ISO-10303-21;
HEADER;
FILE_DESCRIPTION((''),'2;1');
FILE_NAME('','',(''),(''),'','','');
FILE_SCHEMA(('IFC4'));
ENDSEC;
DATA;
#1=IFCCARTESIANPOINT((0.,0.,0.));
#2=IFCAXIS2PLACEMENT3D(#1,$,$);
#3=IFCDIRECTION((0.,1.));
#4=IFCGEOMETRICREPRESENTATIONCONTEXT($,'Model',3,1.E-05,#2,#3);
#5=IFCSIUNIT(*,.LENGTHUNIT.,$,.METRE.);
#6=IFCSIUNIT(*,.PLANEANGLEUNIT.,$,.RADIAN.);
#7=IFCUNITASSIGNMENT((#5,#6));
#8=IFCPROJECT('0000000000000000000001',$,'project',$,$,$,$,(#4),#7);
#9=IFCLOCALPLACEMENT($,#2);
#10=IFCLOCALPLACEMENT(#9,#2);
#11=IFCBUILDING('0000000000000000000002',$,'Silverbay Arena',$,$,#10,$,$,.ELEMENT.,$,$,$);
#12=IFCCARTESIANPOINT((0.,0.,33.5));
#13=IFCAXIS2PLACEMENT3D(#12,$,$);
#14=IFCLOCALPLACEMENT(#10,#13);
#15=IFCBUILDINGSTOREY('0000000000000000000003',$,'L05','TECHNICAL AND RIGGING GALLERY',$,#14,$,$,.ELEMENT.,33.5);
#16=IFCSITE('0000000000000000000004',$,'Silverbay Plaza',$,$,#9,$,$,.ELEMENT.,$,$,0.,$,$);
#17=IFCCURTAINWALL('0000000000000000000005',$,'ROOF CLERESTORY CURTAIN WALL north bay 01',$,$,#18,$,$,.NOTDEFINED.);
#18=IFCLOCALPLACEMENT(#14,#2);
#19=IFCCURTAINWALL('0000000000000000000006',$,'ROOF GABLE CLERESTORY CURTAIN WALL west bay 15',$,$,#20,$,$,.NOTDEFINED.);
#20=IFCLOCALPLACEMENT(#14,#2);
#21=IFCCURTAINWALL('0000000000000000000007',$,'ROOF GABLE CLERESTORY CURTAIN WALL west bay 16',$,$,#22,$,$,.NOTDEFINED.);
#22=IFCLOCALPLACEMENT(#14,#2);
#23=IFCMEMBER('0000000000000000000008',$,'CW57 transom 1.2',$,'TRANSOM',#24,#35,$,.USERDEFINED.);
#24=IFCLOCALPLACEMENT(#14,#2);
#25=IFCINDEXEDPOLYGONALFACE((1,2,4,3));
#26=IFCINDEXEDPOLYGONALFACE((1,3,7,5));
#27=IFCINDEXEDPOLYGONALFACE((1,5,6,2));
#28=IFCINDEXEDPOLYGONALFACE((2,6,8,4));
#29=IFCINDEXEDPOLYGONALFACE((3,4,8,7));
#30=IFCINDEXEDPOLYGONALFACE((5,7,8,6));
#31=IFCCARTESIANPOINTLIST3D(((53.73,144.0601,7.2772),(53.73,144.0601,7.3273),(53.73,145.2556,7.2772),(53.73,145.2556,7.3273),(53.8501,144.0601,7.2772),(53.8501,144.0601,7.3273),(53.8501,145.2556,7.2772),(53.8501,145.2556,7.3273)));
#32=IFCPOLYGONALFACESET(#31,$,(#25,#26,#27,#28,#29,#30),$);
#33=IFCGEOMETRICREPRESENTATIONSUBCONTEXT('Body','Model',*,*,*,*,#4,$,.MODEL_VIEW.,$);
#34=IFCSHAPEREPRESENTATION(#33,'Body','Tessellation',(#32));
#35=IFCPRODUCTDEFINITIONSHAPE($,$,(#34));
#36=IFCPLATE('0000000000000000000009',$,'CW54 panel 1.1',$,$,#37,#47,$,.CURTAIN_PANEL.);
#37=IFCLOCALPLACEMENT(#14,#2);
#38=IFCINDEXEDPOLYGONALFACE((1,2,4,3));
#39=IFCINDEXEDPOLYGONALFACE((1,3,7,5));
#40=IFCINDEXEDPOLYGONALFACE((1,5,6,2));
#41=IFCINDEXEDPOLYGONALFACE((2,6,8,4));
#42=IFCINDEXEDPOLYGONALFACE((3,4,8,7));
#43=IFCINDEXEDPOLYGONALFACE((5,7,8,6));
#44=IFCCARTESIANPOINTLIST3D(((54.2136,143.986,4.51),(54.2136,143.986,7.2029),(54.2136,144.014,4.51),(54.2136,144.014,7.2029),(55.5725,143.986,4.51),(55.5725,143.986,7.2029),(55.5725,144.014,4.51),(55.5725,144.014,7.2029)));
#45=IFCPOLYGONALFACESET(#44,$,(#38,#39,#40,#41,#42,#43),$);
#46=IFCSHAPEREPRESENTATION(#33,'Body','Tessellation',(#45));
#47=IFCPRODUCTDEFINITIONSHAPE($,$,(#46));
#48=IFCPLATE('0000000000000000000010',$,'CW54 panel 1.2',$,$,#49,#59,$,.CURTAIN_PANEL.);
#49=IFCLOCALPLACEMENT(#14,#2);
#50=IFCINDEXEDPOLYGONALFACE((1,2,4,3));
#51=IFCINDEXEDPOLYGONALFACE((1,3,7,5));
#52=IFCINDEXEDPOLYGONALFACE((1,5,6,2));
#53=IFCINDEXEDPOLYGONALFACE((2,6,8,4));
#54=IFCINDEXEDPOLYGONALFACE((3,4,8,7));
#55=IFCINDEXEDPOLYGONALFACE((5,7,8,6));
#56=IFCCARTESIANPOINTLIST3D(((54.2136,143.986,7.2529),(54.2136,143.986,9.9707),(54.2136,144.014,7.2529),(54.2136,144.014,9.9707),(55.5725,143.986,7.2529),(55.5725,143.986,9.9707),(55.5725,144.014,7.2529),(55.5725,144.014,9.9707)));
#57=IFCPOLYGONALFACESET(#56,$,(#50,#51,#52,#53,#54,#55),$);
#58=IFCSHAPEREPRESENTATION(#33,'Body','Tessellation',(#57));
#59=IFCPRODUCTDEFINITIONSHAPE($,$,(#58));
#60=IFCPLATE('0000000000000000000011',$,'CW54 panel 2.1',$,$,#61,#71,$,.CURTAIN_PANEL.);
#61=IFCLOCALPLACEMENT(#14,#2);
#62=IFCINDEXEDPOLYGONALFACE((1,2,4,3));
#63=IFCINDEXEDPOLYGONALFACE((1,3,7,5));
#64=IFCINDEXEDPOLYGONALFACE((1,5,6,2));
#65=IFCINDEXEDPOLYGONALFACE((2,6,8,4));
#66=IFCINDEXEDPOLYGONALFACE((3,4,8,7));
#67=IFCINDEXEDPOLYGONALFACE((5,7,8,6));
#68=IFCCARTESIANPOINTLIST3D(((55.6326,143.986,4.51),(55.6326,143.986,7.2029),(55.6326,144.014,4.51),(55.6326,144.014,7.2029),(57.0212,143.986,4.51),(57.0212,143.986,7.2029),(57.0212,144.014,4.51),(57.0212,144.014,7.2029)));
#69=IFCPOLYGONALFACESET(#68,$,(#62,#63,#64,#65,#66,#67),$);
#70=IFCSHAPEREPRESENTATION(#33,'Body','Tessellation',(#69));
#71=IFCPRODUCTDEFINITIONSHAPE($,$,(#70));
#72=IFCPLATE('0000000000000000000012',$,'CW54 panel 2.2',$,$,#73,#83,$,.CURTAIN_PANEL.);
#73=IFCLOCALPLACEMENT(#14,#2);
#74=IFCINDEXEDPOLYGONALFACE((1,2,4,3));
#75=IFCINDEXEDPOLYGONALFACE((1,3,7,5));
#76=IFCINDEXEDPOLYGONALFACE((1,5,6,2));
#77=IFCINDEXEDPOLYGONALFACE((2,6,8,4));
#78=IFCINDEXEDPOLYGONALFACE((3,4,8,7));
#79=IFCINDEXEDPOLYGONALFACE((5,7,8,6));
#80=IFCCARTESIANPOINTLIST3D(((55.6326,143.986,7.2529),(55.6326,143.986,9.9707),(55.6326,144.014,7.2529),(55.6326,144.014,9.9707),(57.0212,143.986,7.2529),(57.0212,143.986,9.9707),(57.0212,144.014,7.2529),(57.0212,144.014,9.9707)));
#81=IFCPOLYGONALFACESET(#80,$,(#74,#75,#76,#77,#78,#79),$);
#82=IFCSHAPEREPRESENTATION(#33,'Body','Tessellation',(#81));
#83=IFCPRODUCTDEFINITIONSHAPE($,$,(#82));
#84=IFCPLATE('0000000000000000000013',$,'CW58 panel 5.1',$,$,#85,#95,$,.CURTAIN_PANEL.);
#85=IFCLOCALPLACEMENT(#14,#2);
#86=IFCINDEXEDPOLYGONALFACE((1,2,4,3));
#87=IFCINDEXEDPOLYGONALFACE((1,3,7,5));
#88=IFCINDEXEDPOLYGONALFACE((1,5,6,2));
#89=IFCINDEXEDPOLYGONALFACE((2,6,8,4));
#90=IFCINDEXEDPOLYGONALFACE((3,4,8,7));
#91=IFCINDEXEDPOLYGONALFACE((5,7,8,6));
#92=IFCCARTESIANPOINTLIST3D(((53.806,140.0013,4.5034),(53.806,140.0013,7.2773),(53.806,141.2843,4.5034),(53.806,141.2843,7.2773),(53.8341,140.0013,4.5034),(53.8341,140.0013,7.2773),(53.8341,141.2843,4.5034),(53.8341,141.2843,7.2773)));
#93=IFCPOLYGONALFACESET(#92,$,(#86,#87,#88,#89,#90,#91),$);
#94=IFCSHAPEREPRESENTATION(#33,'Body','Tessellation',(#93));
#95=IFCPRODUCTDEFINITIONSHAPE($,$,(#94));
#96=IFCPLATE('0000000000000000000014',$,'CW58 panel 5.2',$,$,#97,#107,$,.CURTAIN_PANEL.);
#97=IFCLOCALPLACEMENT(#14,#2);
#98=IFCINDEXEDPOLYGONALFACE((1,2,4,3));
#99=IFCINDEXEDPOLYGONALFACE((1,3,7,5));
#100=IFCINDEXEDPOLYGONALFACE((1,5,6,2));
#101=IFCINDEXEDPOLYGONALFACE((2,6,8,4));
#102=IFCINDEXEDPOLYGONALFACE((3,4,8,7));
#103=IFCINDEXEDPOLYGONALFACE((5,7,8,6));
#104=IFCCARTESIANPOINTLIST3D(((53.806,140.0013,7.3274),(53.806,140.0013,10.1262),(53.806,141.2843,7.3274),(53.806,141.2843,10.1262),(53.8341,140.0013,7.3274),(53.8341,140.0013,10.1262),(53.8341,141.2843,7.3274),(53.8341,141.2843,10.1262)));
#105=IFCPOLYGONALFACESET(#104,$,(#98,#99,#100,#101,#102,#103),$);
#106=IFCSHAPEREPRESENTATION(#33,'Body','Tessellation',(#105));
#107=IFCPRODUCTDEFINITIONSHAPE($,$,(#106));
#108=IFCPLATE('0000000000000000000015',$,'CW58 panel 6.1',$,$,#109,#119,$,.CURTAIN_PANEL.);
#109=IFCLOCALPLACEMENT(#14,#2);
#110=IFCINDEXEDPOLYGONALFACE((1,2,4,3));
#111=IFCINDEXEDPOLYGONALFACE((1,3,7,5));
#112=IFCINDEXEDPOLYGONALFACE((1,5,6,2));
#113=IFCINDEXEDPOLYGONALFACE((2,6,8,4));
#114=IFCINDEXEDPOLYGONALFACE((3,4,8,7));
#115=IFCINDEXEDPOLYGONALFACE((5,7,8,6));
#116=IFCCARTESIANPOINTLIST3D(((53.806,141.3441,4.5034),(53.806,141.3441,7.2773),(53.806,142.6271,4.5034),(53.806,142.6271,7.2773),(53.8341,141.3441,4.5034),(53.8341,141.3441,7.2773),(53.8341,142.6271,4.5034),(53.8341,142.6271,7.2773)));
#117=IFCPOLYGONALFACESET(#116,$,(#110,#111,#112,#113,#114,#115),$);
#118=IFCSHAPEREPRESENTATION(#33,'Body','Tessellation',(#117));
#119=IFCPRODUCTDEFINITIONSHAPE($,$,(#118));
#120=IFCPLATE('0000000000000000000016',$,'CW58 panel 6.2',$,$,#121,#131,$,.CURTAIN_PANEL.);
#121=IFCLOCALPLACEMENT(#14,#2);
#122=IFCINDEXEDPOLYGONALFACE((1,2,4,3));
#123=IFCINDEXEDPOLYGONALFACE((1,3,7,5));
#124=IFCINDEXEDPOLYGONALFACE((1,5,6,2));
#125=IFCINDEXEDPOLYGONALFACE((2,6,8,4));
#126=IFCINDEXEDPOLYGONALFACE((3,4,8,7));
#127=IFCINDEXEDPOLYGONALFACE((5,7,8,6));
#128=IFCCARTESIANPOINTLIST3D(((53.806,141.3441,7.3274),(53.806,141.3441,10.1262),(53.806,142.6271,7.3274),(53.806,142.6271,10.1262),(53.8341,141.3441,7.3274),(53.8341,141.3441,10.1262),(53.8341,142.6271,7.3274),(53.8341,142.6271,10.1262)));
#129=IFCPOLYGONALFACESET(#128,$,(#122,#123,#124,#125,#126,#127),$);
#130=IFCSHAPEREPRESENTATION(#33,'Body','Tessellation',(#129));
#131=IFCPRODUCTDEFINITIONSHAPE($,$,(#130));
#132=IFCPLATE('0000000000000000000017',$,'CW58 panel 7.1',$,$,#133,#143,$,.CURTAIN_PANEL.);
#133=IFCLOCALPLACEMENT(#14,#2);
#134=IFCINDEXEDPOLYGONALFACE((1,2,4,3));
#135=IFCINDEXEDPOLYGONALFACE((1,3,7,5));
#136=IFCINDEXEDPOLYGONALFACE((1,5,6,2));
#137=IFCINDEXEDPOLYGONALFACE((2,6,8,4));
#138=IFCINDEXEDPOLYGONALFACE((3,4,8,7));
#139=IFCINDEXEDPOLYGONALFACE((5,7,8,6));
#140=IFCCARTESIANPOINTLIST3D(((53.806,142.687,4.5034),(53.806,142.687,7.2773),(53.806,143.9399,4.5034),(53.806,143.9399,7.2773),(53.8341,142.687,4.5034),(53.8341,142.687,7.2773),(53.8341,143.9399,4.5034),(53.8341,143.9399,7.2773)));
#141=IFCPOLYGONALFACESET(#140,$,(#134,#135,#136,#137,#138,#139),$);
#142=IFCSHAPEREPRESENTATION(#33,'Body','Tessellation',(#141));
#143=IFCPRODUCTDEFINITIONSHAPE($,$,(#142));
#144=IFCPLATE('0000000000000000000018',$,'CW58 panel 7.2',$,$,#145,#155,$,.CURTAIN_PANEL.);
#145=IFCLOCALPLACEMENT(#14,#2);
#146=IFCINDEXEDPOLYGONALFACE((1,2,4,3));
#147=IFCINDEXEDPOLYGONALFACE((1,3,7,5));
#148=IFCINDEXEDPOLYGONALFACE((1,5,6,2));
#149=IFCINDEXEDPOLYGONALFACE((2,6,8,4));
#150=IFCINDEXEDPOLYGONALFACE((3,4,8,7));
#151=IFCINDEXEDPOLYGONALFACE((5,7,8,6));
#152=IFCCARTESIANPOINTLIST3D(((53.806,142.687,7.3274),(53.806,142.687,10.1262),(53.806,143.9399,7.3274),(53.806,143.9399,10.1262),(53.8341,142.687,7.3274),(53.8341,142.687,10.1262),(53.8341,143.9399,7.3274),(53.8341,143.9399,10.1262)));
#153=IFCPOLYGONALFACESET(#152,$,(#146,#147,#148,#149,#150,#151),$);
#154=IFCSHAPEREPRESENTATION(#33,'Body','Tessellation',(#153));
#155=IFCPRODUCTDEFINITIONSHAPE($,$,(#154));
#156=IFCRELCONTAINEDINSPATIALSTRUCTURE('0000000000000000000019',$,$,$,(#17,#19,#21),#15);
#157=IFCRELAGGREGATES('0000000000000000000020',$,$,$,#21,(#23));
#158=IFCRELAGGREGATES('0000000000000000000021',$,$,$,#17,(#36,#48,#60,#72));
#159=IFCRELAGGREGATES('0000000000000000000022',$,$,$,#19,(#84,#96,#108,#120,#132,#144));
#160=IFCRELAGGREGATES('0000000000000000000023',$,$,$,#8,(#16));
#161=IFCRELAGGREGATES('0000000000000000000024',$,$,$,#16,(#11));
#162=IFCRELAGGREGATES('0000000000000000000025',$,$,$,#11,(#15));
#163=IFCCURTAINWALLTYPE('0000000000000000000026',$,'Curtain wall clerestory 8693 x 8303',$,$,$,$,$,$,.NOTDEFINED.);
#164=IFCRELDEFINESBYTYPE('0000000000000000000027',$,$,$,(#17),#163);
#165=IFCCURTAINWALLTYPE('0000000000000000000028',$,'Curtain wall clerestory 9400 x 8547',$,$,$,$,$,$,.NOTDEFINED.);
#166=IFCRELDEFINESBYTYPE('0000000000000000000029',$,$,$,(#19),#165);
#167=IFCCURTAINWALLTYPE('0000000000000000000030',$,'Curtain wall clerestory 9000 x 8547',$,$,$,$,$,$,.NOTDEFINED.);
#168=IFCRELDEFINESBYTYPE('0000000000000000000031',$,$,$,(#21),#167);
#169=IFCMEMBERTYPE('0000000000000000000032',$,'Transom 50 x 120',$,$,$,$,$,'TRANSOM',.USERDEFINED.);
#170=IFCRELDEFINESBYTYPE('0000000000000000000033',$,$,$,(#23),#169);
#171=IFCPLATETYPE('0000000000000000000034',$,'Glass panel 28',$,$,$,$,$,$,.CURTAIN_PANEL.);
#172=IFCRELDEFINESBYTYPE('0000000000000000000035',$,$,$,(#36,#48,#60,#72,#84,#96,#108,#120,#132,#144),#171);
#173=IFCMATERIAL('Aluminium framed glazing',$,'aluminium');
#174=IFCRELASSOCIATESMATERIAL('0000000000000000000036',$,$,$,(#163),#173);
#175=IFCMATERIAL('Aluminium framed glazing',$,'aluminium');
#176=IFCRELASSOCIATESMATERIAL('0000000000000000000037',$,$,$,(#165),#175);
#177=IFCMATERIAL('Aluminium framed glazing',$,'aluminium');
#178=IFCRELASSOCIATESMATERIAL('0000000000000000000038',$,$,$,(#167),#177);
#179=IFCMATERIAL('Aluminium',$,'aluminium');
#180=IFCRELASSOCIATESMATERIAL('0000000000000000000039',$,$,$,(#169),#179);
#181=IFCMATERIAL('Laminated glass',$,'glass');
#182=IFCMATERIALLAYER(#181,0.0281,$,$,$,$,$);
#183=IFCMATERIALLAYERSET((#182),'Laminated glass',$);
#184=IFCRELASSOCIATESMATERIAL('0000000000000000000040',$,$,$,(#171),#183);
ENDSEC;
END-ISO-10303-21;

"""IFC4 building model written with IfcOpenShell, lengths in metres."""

from ifc_helpers import new_model, si_unit, direction, frame, origin, origin_2d, place, context, subcontext, project, spatial, rectangle, extrude, material, layer, layer_set, material_profile, profile_set, type_object, element, aggregate, save


model = new_model("IFC4")

# Units and contexts
model_context = context("Model", 3, precision=1e-05, world=origin(), true_north=direction((0.0, 1.0)))
body_context = subcontext(model_context, "Body", "Model", "MODEL_VIEW")
ifc_project = project(units=[si_unit("LENGTHUNIT", "METRE"), si_unit("PLANEANGLEUNIT", "RADIAN")], contexts=[model_context])

# Site, building, storey
site_placement = place(None, origin())
site = spatial("IfcSite", under=ifc_project, at=site_placement, Name="Silverbay Plaza", CompositionType="ELEMENT", RefElevation=0.0)
building_placement = place(site_placement, origin())
building = spatial("IfcBuilding", under=site, at=building_placement, Name="Silverbay Arena", CompositionType="ELEMENT")
storey_placement = place(building_placement, frame((0.0, 0.0, 33.5)))
storey = spatial("IfcBuildingStorey", under=building, at=storey_placement, Name="L05", Description="TECHNICAL AND RIGGING GALLERY", CompositionType="ELEMENT", Elevation=33.5)

# Curtain walls
ifc_material_1 = material(Name="Aluminium framed glazing", Category="aluminium")
curtain_wall_type_1 = type_object("IfcCurtainWallType", Name="Curtain wall clerestory 8693 x 8303", PredefinedType="NOTDEFINED", material=ifc_material_1)
curtain_wall_1_placement = place(storey_placement, origin())
curtain_wall_1 = element("IfcCurtainWall", 1, at=curtain_wall_1_placement, inside=storey, type_object=curtain_wall_type_1, Name="ROOF CLERESTORY CURTAIN WALL north bay 01", PredefinedType="NOTDEFINED")
ifc_material_2 = material(Name="Aluminium framed glazing", Category="aluminium")
curtain_wall_type_2 = type_object("IfcCurtainWallType", Name="Curtain wall clerestory 9400 x 8547", PredefinedType="NOTDEFINED", material=ifc_material_2)
curtain_wall_2_placement = place(storey_placement, origin())
curtain_wall_2 = element("IfcCurtainWall", 2, at=curtain_wall_2_placement, inside=storey, type_object=curtain_wall_type_2, Name="ROOF GABLE CLERESTORY CURTAIN WALL west bay 15", PredefinedType="NOTDEFINED")

# Curtain wall
ifc_material_3 = material(Name="Aluminium framed glazing", Category="aluminium")
curtain_wall_type_3 = type_object("IfcCurtainWallType", Name="Curtain wall clerestory 9000 x 8547", PredefinedType="NOTDEFINED", material=ifc_material_3)
curtain_wall_3_placement = place(storey_placement, origin())
curtain_wall_3 = element("IfcCurtainWall", 3, at=curtain_wall_3_placement, inside=storey, type_object=curtain_wall_type_3, Name="ROOF GABLE CLERESTORY CURTAIN WALL west bay 16", PredefinedType="NOTDEFINED")

# Member
ifc_material_4 = material(Name="Aluminium", Category="aluminium")
ifc_material_profile_1 = material_profile(ifc_material_4, rectangle(XDim=0.1201, YDim=0.05, at=origin_2d()), Name="Transom 50 x 120")
ifc_profile_set_1 = profile_set([ifc_material_profile_1], Name="Aluminium")
member_type_1 = type_object("IfcMemberType", Name="Transom 50 x 120", ElementType="TRANSOM", PredefinedType="USERDEFINED", material=ifc_profile_set_1)
member_1_placement = place(storey_placement, frame((53.79, 144.0601, 7.3022), z_axis=(0.0, 1.0, 0.0), x_axis=(-1.0, 0.0, 0.0)))
member_1 = element("IfcMember", 4, at=member_1_placement, type_object=member_type_1, Name="CW57 transom 1.2", ObjectType="TRANSOM", PredefinedType="USERDEFINED", context=body_context, shape_type="SweptSolid", body=[
    extrude(rectangle(XDim=0.1201, YDim=0.05, at=origin_2d()), origin(), (0.0, 0.0, 1.0), 1.1956),
])
aggregate(curtain_wall_3, [member_1])

# Plates
ifc_material_5 = material(Name="Laminated glass", Category="glass")
ifc_layer = layer(ifc_material_5, 0.0281)
ifc_layer_set = layer_set([ifc_layer], Name="Laminated glass")
plate_type = type_object("IfcPlateType", Name="Glass panel 28", PredefinedType="CURTAIN_PANEL", material=ifc_layer_set)
plate_1_placement = place(storey_placement, frame((54.8931, 144.0, 4.51), z_axis=(0.0, 0.0, 1.0), x_axis=(1.0, 0.0, 0.0)))
plate_1 = element("IfcPlate", 5, at=plate_1_placement, type_object=plate_type, Name="CW54 panel 1.1", PredefinedType="CURTAIN_PANEL", context=body_context, shape_type="SweptSolid", body=[
    extrude(rectangle(XDim=1.3589, YDim=0.0281, at=origin_2d()), origin(), (0.0, 0.0, 1.0), 2.6929),
])
plate_2_placement = place(storey_placement, frame((54.8931, 144.0, 7.2529), z_axis=(0.0, 0.0, 1.0), x_axis=(1.0, 0.0, 0.0)))
plate_2 = element("IfcPlate", 6, at=plate_2_placement, type_object=plate_type, Name="CW54 panel 1.2", PredefinedType="CURTAIN_PANEL", context=body_context, shape_type="SweptSolid", body=[
    extrude(rectangle(XDim=1.3589, YDim=0.0281, at=origin_2d()), origin(), (0.0, 0.0, 1.0), 2.7178),
])
plate_3_placement = place(storey_placement, frame((56.3269, 144.0, 4.51), z_axis=(0.0, 0.0, 1.0), x_axis=(1.0, 0.0, 0.0)))
plate_3 = element("IfcPlate", 7, at=plate_3_placement, type_object=plate_type, Name="CW54 panel 2.1", PredefinedType="CURTAIN_PANEL", context=body_context, shape_type="SweptSolid", body=[
    extrude(rectangle(XDim=1.3887, YDim=0.0281, at=origin_2d()), origin(), (0.0, 0.0, 1.0), 2.6929),
])
plate_4_placement = place(storey_placement, frame((56.3269, 144.0, 7.2529), z_axis=(0.0, 0.0, 1.0), x_axis=(1.0, 0.0, 0.0)))
plate_4 = element("IfcPlate", 8, at=plate_4_placement, type_object=plate_type, Name="CW54 panel 2.2", PredefinedType="CURTAIN_PANEL", context=body_context, shape_type="SweptSolid", body=[
    extrude(rectangle(XDim=1.3887, YDim=0.0281, at=origin_2d()), origin(), (0.0, 0.0, 1.0), 2.7178),
])
aggregate(curtain_wall_1, [plate_1, plate_2, plate_3, plate_4])
plate_5_placement = place(storey_placement, frame((53.8201, 140.6428, 4.5034), z_axis=(0.0, 0.0, 1.0), x_axis=(0.0, 1.0, 0.0)))
plate_5 = element("IfcPlate", 9, at=plate_5_placement, type_object=plate_type, Name="CW58 panel 5.1", PredefinedType="CURTAIN_PANEL", context=body_context, shape_type="SweptSolid", body=[
    extrude(rectangle(XDim=1.283, YDim=0.0281, at=origin_2d()), origin(), (0.0, 0.0, 1.0), 2.7739),
])
plate_6_placement = place(storey_placement, frame((53.8201, 140.6428, 7.3274), z_axis=(0.0, 0.0, 1.0), x_axis=(0.0, 1.0, 0.0)))
plate_6 = element("IfcPlate", 10, at=plate_6_placement, type_object=plate_type, Name="CW58 panel 5.2", PredefinedType="CURTAIN_PANEL", context=body_context, shape_type="SweptSolid", body=[
    extrude(rectangle(XDim=1.283, YDim=0.0281, at=origin_2d()), origin(), (0.0, 0.0, 1.0), 2.7988),
])
plate_7_placement = place(storey_placement, frame((53.8201, 141.9856, 4.5034), z_axis=(0.0, 0.0, 1.0), x_axis=(0.0, 1.0, 0.0)))
plate_7 = element("IfcPlate", 11, at=plate_7_placement, type_object=plate_type, Name="CW58 panel 6.1", PredefinedType="CURTAIN_PANEL", context=body_context, shape_type="SweptSolid", body=[
    extrude(rectangle(XDim=1.283, YDim=0.0281, at=origin_2d()), origin(), (0.0, 0.0, 1.0), 2.7739),
])
plate_8_placement = place(storey_placement, frame((53.8201, 141.9856, 7.3274), z_axis=(0.0, 0.0, 1.0), x_axis=(0.0, 1.0, 0.0)))
plate_8 = element("IfcPlate", 12, at=plate_8_placement, type_object=plate_type, Name="CW58 panel 6.2", PredefinedType="CURTAIN_PANEL", context=body_context, shape_type="SweptSolid", body=[
    extrude(rectangle(XDim=1.283, YDim=0.0281, at=origin_2d()), origin(), (0.0, 0.0, 1.0), 2.7988),
])
plate_9_placement = place(storey_placement, frame((53.8201, 143.3135, 4.5034), z_axis=(0.0, 0.0, 1.0), x_axis=(0.0, 1.0, 0.0)))
plate_9 = element("IfcPlate", 13, at=plate_9_placement, type_object=plate_type, Name="CW58 panel 7.1", PredefinedType="CURTAIN_PANEL", context=body_context, shape_type="SweptSolid", body=[
    extrude(rectangle(XDim=1.2529, YDim=0.0281, at=origin_2d()), origin(), (0.0, 0.0, 1.0), 2.7739),
])
plate_10_placement = place(storey_placement, frame((53.8201, 143.3135, 7.3274), z_axis=(0.0, 0.0, 1.0), x_axis=(0.0, 1.0, 0.0)))
plate_10 = element("IfcPlate", 14, at=plate_10_placement, type_object=plate_type, Name="CW58 panel 7.2", PredefinedType="CURTAIN_PANEL", context=body_context, shape_type="SweptSolid", body=[
    extrude(rectangle(XDim=1.2529, YDim=0.0281, at=origin_2d()), origin(), (0.0, 0.0, 1.0), 2.7988),
])
aggregate(curtain_wall_2, [plate_5, plate_6, plate_7, plate_8, plate_9, plate_10])

save(model, "model.ifc")
